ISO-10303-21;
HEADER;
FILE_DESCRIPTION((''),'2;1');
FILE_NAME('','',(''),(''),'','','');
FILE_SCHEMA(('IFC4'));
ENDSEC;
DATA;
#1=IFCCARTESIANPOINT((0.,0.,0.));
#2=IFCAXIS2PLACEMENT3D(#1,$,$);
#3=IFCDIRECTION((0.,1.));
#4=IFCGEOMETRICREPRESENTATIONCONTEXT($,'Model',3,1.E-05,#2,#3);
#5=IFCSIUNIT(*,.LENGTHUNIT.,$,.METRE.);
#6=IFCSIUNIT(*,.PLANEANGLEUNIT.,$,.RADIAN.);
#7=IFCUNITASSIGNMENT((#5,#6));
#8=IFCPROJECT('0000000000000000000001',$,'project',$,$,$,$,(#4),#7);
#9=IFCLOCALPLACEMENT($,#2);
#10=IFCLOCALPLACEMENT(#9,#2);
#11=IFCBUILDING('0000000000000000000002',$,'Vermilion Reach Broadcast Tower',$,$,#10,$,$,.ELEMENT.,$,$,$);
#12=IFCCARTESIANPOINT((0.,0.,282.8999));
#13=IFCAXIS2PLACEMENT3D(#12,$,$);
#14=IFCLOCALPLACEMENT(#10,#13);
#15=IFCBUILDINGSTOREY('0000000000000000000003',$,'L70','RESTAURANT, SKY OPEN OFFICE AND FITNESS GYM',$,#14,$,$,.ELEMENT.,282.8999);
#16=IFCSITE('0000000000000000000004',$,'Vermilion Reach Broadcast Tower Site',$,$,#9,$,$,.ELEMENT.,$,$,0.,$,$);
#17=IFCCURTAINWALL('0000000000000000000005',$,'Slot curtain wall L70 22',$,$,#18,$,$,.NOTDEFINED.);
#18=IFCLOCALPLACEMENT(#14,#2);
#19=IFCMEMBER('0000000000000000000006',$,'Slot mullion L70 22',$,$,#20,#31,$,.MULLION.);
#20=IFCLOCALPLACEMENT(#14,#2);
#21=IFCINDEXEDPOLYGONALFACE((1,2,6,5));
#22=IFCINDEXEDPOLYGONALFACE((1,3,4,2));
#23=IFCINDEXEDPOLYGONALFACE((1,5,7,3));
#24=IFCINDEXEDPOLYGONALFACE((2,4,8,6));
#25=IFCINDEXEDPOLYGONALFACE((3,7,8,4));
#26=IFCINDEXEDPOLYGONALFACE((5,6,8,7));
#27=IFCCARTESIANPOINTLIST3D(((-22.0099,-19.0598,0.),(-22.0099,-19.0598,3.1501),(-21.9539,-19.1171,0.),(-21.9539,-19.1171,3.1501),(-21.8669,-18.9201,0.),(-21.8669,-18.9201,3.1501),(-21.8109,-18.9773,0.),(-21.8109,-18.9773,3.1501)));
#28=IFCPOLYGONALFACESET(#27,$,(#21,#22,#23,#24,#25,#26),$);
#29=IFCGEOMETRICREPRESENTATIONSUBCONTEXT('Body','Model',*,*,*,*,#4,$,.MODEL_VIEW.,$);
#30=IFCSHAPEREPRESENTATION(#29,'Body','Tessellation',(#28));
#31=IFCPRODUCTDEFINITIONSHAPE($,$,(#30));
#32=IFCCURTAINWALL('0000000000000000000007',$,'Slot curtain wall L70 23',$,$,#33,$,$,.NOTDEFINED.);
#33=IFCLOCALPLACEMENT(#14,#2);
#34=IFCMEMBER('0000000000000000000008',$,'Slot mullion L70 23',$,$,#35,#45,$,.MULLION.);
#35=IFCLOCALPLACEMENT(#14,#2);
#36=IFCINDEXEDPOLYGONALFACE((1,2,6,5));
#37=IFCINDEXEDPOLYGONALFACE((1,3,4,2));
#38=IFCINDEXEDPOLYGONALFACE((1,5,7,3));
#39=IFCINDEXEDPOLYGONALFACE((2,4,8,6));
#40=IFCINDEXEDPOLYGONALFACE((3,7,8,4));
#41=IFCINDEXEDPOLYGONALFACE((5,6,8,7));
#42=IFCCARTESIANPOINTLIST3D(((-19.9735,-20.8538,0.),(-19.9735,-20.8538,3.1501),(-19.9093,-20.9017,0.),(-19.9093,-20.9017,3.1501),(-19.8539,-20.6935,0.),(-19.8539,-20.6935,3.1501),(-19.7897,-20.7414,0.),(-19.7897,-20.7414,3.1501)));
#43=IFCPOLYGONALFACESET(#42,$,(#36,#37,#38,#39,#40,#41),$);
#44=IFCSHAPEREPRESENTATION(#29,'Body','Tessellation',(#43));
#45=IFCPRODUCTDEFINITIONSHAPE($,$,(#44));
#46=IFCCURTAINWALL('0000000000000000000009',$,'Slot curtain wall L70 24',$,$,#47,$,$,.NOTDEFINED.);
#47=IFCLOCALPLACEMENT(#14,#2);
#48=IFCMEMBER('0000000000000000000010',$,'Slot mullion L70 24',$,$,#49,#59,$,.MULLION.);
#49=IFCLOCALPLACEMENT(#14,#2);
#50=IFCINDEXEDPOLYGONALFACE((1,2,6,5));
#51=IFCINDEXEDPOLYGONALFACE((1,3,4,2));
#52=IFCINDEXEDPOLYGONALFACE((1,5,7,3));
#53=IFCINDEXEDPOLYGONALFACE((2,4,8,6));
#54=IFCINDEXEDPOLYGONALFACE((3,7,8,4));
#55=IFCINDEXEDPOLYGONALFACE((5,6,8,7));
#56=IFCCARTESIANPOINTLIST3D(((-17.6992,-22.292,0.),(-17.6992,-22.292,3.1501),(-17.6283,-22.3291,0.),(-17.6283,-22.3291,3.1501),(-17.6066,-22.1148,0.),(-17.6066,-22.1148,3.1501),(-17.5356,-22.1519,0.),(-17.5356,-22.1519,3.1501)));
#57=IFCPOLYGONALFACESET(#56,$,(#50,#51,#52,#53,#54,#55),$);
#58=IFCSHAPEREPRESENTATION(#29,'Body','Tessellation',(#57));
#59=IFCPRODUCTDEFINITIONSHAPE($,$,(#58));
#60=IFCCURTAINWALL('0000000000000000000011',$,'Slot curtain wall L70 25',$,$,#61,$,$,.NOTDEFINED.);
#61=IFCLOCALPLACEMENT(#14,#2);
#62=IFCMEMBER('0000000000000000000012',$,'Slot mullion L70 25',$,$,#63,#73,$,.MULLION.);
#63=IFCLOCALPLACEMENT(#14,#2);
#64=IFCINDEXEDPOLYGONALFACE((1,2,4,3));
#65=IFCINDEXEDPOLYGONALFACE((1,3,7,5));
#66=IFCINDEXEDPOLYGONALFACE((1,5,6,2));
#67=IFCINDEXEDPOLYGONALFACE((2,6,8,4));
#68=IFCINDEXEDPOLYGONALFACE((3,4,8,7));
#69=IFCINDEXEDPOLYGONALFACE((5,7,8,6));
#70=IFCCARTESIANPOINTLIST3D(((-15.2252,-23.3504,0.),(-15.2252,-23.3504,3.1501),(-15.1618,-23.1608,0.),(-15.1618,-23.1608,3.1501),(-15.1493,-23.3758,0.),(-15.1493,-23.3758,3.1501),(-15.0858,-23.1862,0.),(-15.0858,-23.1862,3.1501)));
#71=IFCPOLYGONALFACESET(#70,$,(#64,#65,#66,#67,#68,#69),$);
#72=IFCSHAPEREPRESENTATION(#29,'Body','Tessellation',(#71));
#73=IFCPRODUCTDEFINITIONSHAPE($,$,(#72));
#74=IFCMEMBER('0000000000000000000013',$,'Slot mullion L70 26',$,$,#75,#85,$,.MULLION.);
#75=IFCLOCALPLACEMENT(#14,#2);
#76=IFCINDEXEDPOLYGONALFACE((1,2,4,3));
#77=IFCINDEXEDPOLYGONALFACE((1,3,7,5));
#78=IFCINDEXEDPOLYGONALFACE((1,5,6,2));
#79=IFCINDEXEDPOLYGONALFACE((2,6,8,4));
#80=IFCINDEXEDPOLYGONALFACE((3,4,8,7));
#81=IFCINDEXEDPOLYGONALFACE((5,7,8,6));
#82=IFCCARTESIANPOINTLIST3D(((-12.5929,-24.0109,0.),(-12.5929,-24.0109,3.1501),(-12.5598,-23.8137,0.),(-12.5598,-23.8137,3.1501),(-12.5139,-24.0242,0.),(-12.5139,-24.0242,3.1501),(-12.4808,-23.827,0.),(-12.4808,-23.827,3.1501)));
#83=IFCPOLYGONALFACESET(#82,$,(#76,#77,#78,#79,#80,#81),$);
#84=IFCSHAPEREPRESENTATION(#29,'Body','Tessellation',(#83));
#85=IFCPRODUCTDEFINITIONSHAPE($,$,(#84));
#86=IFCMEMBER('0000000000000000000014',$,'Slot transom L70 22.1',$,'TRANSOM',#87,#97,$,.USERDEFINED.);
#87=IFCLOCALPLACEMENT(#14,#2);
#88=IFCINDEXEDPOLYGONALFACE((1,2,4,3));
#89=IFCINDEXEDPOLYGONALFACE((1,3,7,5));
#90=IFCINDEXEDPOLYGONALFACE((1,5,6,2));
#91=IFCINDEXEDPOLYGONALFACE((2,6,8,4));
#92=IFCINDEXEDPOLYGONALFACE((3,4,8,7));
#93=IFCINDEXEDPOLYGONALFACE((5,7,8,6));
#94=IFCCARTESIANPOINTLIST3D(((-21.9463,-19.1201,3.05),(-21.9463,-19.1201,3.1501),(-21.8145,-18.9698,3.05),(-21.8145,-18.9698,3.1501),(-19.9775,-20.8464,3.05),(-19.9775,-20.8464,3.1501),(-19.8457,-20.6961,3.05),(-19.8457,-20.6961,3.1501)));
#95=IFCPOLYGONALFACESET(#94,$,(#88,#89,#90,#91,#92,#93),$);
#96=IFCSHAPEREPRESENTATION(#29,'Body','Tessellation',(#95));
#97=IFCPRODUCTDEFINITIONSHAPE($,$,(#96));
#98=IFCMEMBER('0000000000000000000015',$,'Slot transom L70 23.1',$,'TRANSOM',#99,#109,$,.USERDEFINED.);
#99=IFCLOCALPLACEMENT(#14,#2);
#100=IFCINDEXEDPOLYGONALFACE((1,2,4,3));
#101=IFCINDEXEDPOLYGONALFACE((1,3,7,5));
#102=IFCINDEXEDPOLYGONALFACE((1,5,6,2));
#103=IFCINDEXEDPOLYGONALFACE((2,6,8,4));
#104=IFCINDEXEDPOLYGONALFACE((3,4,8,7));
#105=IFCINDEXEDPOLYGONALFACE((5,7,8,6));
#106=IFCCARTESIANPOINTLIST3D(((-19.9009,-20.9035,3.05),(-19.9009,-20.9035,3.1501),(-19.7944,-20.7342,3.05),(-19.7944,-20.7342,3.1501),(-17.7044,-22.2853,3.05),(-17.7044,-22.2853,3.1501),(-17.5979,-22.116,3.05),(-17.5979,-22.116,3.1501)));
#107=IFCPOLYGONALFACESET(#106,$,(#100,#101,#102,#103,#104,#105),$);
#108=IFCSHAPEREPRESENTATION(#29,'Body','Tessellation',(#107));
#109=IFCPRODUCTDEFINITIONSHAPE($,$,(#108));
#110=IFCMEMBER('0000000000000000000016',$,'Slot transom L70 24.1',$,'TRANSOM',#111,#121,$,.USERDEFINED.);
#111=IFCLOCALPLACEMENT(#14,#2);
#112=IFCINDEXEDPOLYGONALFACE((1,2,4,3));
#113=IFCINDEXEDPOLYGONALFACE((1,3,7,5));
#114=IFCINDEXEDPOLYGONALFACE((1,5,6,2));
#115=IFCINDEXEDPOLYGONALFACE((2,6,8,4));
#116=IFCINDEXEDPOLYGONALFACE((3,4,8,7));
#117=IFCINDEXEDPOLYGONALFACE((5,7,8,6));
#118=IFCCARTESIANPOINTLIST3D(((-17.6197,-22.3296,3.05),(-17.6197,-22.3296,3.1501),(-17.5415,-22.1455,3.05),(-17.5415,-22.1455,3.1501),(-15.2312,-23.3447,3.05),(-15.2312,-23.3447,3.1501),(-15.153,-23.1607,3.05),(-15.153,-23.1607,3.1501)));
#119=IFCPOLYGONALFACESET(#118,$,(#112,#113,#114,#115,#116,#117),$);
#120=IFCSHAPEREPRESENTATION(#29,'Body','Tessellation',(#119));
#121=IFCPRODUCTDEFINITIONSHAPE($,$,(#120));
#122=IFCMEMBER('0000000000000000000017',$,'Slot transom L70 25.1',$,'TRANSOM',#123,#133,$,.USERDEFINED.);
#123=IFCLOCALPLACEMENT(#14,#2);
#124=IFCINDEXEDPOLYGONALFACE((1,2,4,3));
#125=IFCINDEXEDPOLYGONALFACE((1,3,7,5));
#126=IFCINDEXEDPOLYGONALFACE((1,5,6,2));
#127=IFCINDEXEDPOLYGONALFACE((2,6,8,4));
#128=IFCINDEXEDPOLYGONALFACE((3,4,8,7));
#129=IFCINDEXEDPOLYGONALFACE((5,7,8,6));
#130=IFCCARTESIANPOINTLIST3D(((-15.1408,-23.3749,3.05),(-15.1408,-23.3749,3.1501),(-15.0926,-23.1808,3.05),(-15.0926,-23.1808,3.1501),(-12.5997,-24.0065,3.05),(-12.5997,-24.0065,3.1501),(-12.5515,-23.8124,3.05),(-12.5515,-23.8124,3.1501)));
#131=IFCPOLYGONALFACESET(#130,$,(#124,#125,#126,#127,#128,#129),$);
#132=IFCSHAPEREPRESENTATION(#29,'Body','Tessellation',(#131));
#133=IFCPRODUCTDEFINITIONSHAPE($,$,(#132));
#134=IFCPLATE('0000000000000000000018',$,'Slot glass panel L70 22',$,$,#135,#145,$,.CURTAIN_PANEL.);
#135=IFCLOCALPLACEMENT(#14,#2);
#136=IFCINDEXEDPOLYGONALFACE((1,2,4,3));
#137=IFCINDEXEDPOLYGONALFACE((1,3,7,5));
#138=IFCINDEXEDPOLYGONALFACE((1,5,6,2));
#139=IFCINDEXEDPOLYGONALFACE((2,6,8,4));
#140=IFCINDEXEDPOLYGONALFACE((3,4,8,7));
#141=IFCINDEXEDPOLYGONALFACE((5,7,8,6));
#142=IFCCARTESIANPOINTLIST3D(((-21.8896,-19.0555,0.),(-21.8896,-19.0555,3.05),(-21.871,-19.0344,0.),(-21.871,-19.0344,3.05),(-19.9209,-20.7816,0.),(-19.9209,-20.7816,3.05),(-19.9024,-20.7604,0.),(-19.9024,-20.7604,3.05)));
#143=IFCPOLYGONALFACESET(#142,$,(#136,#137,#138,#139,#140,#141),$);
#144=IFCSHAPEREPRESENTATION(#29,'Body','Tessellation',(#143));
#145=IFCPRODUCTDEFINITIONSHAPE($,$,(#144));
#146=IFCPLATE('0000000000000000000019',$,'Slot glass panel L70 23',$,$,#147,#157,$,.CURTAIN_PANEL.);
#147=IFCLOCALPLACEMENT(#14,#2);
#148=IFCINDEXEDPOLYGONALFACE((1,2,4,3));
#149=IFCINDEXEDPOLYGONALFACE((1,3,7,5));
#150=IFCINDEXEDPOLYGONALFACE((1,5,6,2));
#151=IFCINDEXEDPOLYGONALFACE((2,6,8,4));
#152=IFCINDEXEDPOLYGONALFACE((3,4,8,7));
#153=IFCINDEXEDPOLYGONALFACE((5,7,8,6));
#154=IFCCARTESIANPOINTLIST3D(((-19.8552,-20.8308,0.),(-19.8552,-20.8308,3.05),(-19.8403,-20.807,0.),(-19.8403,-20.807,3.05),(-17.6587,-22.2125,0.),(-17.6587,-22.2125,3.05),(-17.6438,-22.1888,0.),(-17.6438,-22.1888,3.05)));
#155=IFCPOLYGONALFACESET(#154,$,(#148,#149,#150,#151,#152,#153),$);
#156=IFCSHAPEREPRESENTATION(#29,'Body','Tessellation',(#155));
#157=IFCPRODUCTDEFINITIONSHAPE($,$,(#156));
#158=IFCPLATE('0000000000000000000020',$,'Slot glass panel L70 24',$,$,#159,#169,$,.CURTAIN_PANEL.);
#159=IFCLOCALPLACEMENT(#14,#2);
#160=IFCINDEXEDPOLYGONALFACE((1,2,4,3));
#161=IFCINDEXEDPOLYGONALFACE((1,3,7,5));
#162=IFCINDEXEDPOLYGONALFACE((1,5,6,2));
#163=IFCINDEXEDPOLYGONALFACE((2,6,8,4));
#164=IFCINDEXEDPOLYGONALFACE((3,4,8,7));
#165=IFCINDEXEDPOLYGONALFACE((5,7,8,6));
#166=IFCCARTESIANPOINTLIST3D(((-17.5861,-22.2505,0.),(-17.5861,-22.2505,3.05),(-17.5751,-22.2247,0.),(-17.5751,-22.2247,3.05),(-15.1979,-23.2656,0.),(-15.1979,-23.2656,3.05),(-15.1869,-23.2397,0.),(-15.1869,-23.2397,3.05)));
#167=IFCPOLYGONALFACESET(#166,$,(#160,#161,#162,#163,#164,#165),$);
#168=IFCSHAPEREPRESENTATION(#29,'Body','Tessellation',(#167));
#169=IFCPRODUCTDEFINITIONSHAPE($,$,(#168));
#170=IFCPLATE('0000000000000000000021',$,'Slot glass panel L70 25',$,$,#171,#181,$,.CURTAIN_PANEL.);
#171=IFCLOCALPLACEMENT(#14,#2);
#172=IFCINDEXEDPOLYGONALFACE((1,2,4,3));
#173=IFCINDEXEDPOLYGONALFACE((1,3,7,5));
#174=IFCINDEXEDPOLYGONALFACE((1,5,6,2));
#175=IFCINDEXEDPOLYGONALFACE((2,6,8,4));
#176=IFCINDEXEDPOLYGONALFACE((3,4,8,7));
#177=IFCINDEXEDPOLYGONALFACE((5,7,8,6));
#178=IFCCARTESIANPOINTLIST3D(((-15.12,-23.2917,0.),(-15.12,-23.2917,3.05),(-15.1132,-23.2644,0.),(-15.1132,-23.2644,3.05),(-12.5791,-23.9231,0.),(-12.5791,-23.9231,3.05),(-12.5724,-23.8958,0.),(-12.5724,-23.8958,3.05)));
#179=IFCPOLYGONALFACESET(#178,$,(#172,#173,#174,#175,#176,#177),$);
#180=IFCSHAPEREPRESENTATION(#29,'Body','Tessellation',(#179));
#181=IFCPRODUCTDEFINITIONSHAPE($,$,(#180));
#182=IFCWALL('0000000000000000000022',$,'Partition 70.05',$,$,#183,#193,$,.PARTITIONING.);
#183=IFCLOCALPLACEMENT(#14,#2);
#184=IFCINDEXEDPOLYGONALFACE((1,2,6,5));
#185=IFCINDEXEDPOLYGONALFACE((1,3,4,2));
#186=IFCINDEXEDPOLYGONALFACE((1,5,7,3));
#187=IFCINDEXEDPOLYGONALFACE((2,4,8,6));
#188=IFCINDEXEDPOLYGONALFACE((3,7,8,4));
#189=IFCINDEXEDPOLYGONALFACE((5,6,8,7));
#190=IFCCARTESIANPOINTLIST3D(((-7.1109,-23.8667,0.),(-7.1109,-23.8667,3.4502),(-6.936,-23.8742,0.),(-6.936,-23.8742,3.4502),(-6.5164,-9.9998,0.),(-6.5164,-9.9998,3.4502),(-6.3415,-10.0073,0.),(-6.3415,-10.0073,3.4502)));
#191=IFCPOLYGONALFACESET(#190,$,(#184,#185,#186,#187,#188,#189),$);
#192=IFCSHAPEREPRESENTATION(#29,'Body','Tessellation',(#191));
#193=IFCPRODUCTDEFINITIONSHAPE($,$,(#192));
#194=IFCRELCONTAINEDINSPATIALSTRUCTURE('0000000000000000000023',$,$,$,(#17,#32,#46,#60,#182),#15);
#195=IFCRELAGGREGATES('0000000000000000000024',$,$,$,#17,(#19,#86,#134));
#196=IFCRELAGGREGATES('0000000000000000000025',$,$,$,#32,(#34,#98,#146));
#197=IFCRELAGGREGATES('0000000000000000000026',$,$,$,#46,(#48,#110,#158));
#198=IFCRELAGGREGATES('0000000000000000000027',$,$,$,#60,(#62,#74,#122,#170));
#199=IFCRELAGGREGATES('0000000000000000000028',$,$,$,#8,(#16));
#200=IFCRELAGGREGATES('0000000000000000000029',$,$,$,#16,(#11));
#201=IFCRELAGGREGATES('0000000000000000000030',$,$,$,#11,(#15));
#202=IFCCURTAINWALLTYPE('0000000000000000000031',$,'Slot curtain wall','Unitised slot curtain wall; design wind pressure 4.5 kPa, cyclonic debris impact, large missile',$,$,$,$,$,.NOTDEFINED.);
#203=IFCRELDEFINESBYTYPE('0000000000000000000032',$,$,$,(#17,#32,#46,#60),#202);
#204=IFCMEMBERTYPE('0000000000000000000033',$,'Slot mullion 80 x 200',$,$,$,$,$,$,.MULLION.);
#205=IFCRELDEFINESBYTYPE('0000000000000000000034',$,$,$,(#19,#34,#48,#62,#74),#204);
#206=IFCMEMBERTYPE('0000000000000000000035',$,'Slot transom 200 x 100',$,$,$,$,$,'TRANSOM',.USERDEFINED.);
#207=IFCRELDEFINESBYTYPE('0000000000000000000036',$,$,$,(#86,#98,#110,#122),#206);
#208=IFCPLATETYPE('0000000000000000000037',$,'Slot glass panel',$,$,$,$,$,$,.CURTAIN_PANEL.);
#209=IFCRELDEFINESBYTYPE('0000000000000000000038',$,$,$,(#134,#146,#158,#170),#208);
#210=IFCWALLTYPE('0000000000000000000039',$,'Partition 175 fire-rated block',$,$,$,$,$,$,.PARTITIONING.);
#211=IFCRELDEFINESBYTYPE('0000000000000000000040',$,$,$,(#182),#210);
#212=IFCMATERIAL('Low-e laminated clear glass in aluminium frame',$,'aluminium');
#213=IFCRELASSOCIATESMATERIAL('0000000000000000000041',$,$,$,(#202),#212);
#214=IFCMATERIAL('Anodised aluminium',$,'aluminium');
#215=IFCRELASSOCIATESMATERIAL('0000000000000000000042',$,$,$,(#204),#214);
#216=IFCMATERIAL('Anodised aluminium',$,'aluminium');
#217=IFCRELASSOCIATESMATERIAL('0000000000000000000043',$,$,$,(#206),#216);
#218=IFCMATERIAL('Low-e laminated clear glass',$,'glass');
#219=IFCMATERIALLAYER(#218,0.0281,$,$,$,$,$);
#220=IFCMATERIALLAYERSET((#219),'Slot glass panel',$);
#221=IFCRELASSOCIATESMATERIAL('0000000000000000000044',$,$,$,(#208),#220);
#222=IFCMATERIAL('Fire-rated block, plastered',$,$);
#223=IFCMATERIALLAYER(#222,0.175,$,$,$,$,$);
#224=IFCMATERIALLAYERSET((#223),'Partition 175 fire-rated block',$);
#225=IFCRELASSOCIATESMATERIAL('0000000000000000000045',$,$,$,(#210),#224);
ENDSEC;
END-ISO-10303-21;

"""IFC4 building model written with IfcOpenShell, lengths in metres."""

from ifc_helpers import new_model, si_unit, direction, frame, frame_2d, origin, origin_2d, place, context, subcontext, project, spatial, rectangle, extrude, material, layer, layer_set, material_profile, profile_set, type_object, element, aggregate, save


model = new_model("IFC4")

# Units and contexts
model_context = context("Model", 3, precision=1e-05, world=origin(), true_north=direction((0.0, 1.0)))
body_context = subcontext(model_context, "Body", "Model", "MODEL_VIEW")
ifc_project = project(units=[si_unit("LENGTHUNIT", "METRE"), si_unit("PLANEANGLEUNIT", "RADIAN")], contexts=[model_context])

# Site, building, storey
site_placement = place(None, origin())
site = spatial("IfcSite", under=ifc_project, at=site_placement, Name="Vermilion Reach Broadcast Tower Site", CompositionType="ELEMENT", RefElevation=0.0)
building_placement = place(site_placement, origin())
building = spatial("IfcBuilding", under=site, at=building_placement, Name="Vermilion Reach Broadcast Tower", CompositionType="ELEMENT")
storey_placement = place(building_placement, frame((0.0, 0.0, 282.8999)))
storey = spatial("IfcBuildingStorey", under=building, at=storey_placement, Name="L70", Description="RESTAURANT, SKY OPEN OFFICE AND FITNESS GYM", CompositionType="ELEMENT", Elevation=282.8999)

# Curtain walls, members
ifc_material_1 = material(Name="Low-e laminated clear glass in aluminium frame", Category="aluminium")
curtain_wall_type = type_object("IfcCurtainWallType", Name="Slot curtain wall", Description="Unitised slot curtain wall; design wind pressure 4.5 kPa, cyclonic debris impact, large missile", PredefinedType="NOTDEFINED", material=ifc_material_1)
placement = place(storey_placement, origin())
curtain_wall_1 = element("IfcCurtainWall", 1, at=placement, inside=storey, type_object=curtain_wall_type, Name="Slot curtain wall L70 22", PredefinedType="NOTDEFINED")
ifc_material_2 = material(Name="Anodised aluminium", Category="aluminium")
ifc_material_profile_1 = material_profile(ifc_material_2, rectangle(XDim=0.2, YDim=0.0801, at=origin_2d()), Name="Slot mullion 80 x 200")
ifc_profile_set_1 = profile_set([ifc_material_profile_1], Name="Anodised aluminium")
member_type_1 = type_object("IfcMemberType", Name="Slot mullion 80 x 200", PredefinedType="MULLION", material=ifc_profile_set_1)
member_1_placement = place(storey_placement, frame((-21.9104, -19.0186, 0.0), z_axis=(0.0, 0.0, 1.0), x_axis=(0.71537, 0.698746, 0.0)))
member_1 = element("IfcMember", 2, at=member_1_placement, type_object=member_type_1, Name="Slot mullion L70 22", PredefinedType="MULLION", context=body_context, shape_type="SweptSolid", body=[
    extrude(rectangle(XDim=0.2, YDim=0.0801, at=origin_2d()), origin(), (0.0, 0.0, 1.0), 3.1501),
])
curtain_wall_2 = element("IfcCurtainWall", 3, at=placement, inside=storey, type_object=curtain_wall_type, Name="Slot curtain wall L70 23", PredefinedType="NOTDEFINED")
member_2_placement = place(storey_placement, frame((-19.8816, -20.7976, 0.0), z_axis=(0.0, 0.0, 1.0), x_axis=(0.59775, 0.801683, 0.0)))
member_2 = element("IfcMember", 4, at=member_2_placement, type_object=member_type_1, Name="Slot mullion L70 23", PredefinedType="MULLION", context=body_context, shape_type="SweptSolid", body=[
    extrude(rectangle(XDim=0.2, YDim=0.0801, at=origin_2d()), origin(), (0.0, 0.0, 1.0), 3.1501),
])
curtain_wall_3 = element("IfcCurtainWall", 5, at=placement, inside=storey, type_object=curtain_wall_type, Name="Slot curtain wall L70 24", PredefinedType="NOTDEFINED")
member_3_placement = place(storey_placement, frame((-17.6174, -22.2219, 0.0), z_axis=(0.0, 0.0, 1.0), x_axis=(0.463296, 0.886204, 0.0)))
member_3 = element("IfcMember", 6, at=member_3_placement, type_object=member_type_1, Name="Slot mullion L70 24", PredefinedType="MULLION", context=body_context, shape_type="SweptSolid", body=[
    extrude(rectangle(XDim=0.2, YDim=0.0801, at=origin_2d()), origin(), (0.0, 0.0, 1.0), 3.1501),
])

# Curtain wall, members
curtain_wall_4 = element("IfcCurtainWall", 7, at=placement, inside=storey, type_object=curtain_wall_type, Name="Slot curtain wall L70 25", PredefinedType="NOTDEFINED")
member_4_placement = place(storey_placement, frame((-15.1555, -23.2683, 0.0), z_axis=(0.0, 0.0, 1.0), x_axis=(0.317157, 0.948373, 0.0)))
member_4 = element("IfcMember", 8, at=member_4_placement, type_object=member_type_1, Name="Slot mullion L70 25", PredefinedType="MULLION", context=body_context, shape_type="SweptSolid", body=[
    extrude(rectangle(XDim=0.2, YDim=0.0801, at=origin_2d()), origin(), (0.0, 0.0, 1.0), 3.1501),
])
member_5_placement = place(storey_placement, frame((-12.5369, -23.9189, 0.0), z_axis=(0.0, 0.0, 1.0), x_axis=(0.165504, 0.986209, 0.0)))
member_5 = element("IfcMember", 9, at=member_5_placement, type_object=member_type_1, Name="Slot mullion L70 26", PredefinedType="MULLION", context=body_context, shape_type="SweptSolid", body=[
    extrude(rectangle(XDim=0.2, YDim=0.0801, at=origin_2d()), origin(), (0.0, 0.0, 1.0), 3.1501),
])

# Members
ifc_material_3 = material(Name="Anodised aluminium", Category="aluminium")
ifc_material_profile_2 = material_profile(ifc_material_3, rectangle(XDim=0.2, YDim=0.1001, at=origin_2d()), Name="Slot transom 200 x 100")
ifc_profile_set_2 = profile_set([ifc_material_profile_2], Name="Anodised aluminium")
member_type_2 = type_object("IfcMemberType", Name="Slot transom 200 x 100", ElementType="TRANSOM", PredefinedType="USERDEFINED", material=ifc_profile_set_2)
member_6_placement = place(storey_placement, frame((-21.8804, -19.0449, 3.1001), z_axis=(0.751883, -0.659296, 0.0), x_axis=(0.659296, 0.751883, 0.0)))
member_6 = element("IfcMember", 10, at=member_6_placement, type_object=member_type_2, Name="Slot transom L70 22.1", ObjectType="TRANSOM", PredefinedType="USERDEFINED", context=body_context, shape_type="SweptSolid", body=[
    extrude(rectangle(XDim=0.2, YDim=0.1001, at=origin_2d()), origin(), (0.0, 0.0, 1.0), 2.6184),
])
member_7_placement = place(storey_placement, frame((-19.8477, -20.8188, 3.1001), z_axis=(0.846435, -0.532491, 0.0), x_axis=(0.532491, 0.846435, 0.0)))
member_7 = element("IfcMember", 11, at=member_7_placement, type_object=member_type_2, Name="Slot transom L70 23.1", ObjectType="TRANSOM", PredefinedType="USERDEFINED", context=body_context, shape_type="SweptSolid", body=[
    extrude(rectangle(XDim=0.2, YDim=0.1001, at=origin_2d()), origin(), (0.0, 0.0, 1.0), 2.595),
])
member_8_placement = place(storey_placement, frame((-17.5806, -22.2375, 3.1001), z_axis=(0.920323, -0.391159, 0.0), x_axis=(0.391159, 0.920323, 0.0)))
member_8 = element("IfcMember", 12, at=member_8_placement, type_object=member_type_2, Name="Slot transom L70 24.1", ObjectType="TRANSOM", PredefinedType="USERDEFINED", context=body_context, shape_type="SweptSolid", body=[
    extrude(rectangle(XDim=0.2, YDim=0.1001, at=origin_2d()), origin(), (0.0, 0.0, 1.0), 2.5952),
])
member_9_placement = place(storey_placement, frame((-15.1167, -23.2778, 3.1001), z_axis=(0.970471, -0.241219, 0.0), x_axis=(0.241219, 0.970471, 0.0)))
member_9 = element("IfcMember", 13, at=member_9_placement, type_object=member_type_2, Name="Slot transom L70 25.1", ObjectType="TRANSOM", PredefinedType="USERDEFINED", context=body_context, shape_type="SweptSolid", body=[
    extrude(rectangle(XDim=0.2, YDim=0.1001, at=origin_2d()), origin(), (0.0, 0.0, 1.0), 2.6184),
])

# Plates
ifc_material_4 = material(Name="Low-e laminated clear glass", Category="glass")
ifc_layer_1 = layer(ifc_material_4, 0.0281)
ifc_layer_set_1 = layer_set([ifc_layer_1], Name="Slot glass panel")
plate_type = type_object("IfcPlateType", Name="Slot glass panel", PredefinedType="CURTAIN_PANEL", material=ifc_layer_set_1)
plate_1_placement = place(storey_placement, frame((-20.896, -19.908, 0.0), z_axis=(0.0, 0.0, 1.0), x_axis=(0.751902, -0.659275, 0.0)))
plate_1 = element("IfcPlate", 14, at=plate_1_placement, type_object=plate_type, Name="Slot glass panel L70 22", PredefinedType="CURTAIN_PANEL", context=body_context, shape_type="SweptSolid", body=[
    extrude(rectangle(XDim=2.6182, YDim=0.0281, at=origin_2d()), origin(), (0.0, 0.0, 1.0), 3.05),
])
aggregate(curtain_wall_1, [member_1, member_6, plate_1])
plate_2_placement = place(storey_placement, frame((-18.7495, -21.5098, 0.0), z_axis=(0.0, 0.0, 1.0), x_axis=(0.846442, -0.532481, 0.0)))
plate_2 = element("IfcPlate", 15, at=plate_2_placement, type_object=plate_type, Name="Slot glass panel L70 23", PredefinedType="CURTAIN_PANEL", context=body_context, shape_type="SweptSolid", body=[
    extrude(rectangle(XDim=2.595, YDim=0.0281, at=origin_2d()), origin(), (0.0, 0.0, 1.0), 3.05),
])
aggregate(curtain_wall_2, [member_2, member_7, plate_2])
plate_3_placement = place(storey_placement, frame((-16.3865, -22.7451, 0.0), z_axis=(0.0, 0.0, 1.0), x_axis=(0.920322, -0.391161, 0.0)))
plate_3 = element("IfcPlate", 16, at=plate_3_placement, type_object=plate_type, Name="Slot glass panel L70 24", PredefinedType="CURTAIN_PANEL", context=body_context, shape_type="SweptSolid", body=[
    extrude(rectangle(XDim=2.595, YDim=0.0281, at=origin_2d()), origin(), (0.0, 0.0, 1.0), 3.05),
])
aggregate(curtain_wall_3, [member_3, member_8, plate_3])
plate_4_placement = place(storey_placement, frame((-13.8462, -23.5938, 0.0), z_axis=(0.0, 0.0, 1.0), x_axis=(0.970484, -0.241167, 0.0)))
plate_4 = element("IfcPlate", 17, at=plate_4_placement, type_object=plate_type, Name="Slot glass panel L70 25", PredefinedType="CURTAIN_PANEL", context=body_context, shape_type="SweptSolid", body=[
    extrude(rectangle(XDim=2.6182, YDim=0.0281, at=origin_2d()), origin(), (0.0, 0.0, 1.0), 3.05),
])
aggregate(curtain_wall_4, [member_4, member_5, member_9, plate_4])

# Wall
ifc_material_5 = material(Name="Fire-rated block, plastered")
ifc_layer_2 = layer(ifc_material_5, 0.175)
ifc_layer_set_2 = layer_set([ifc_layer_2], Name="Partition 175 fire-rated block")
wall_type_1 = type_object("IfcWallType", Name="Partition 175 fire-rated block", PredefinedType="PARTITIONING", material=ifc_layer_set_2)
wall_1_placement = place(storey_placement, frame((-7.0234, -23.8706, 0.0), z_axis=(0.0, 0.0, 1.0), x_axis=(0.042831, 0.999082, 0.0)))
element("IfcWall", 18, at=wall_1_placement, inside=storey, type_object=wall_type_1, Name="Partition 70.05", PredefinedType="PARTITIONING", context=body_context, shape_type="SweptSolid", body=[
    extrude(rectangle(XDim=13.8796, YDim=0.175, at=frame_2d((6.9399, 0.0))), origin(), (0.0, 0.0, 1.0), 3.4502),
])

save(model, "model.ifc")
